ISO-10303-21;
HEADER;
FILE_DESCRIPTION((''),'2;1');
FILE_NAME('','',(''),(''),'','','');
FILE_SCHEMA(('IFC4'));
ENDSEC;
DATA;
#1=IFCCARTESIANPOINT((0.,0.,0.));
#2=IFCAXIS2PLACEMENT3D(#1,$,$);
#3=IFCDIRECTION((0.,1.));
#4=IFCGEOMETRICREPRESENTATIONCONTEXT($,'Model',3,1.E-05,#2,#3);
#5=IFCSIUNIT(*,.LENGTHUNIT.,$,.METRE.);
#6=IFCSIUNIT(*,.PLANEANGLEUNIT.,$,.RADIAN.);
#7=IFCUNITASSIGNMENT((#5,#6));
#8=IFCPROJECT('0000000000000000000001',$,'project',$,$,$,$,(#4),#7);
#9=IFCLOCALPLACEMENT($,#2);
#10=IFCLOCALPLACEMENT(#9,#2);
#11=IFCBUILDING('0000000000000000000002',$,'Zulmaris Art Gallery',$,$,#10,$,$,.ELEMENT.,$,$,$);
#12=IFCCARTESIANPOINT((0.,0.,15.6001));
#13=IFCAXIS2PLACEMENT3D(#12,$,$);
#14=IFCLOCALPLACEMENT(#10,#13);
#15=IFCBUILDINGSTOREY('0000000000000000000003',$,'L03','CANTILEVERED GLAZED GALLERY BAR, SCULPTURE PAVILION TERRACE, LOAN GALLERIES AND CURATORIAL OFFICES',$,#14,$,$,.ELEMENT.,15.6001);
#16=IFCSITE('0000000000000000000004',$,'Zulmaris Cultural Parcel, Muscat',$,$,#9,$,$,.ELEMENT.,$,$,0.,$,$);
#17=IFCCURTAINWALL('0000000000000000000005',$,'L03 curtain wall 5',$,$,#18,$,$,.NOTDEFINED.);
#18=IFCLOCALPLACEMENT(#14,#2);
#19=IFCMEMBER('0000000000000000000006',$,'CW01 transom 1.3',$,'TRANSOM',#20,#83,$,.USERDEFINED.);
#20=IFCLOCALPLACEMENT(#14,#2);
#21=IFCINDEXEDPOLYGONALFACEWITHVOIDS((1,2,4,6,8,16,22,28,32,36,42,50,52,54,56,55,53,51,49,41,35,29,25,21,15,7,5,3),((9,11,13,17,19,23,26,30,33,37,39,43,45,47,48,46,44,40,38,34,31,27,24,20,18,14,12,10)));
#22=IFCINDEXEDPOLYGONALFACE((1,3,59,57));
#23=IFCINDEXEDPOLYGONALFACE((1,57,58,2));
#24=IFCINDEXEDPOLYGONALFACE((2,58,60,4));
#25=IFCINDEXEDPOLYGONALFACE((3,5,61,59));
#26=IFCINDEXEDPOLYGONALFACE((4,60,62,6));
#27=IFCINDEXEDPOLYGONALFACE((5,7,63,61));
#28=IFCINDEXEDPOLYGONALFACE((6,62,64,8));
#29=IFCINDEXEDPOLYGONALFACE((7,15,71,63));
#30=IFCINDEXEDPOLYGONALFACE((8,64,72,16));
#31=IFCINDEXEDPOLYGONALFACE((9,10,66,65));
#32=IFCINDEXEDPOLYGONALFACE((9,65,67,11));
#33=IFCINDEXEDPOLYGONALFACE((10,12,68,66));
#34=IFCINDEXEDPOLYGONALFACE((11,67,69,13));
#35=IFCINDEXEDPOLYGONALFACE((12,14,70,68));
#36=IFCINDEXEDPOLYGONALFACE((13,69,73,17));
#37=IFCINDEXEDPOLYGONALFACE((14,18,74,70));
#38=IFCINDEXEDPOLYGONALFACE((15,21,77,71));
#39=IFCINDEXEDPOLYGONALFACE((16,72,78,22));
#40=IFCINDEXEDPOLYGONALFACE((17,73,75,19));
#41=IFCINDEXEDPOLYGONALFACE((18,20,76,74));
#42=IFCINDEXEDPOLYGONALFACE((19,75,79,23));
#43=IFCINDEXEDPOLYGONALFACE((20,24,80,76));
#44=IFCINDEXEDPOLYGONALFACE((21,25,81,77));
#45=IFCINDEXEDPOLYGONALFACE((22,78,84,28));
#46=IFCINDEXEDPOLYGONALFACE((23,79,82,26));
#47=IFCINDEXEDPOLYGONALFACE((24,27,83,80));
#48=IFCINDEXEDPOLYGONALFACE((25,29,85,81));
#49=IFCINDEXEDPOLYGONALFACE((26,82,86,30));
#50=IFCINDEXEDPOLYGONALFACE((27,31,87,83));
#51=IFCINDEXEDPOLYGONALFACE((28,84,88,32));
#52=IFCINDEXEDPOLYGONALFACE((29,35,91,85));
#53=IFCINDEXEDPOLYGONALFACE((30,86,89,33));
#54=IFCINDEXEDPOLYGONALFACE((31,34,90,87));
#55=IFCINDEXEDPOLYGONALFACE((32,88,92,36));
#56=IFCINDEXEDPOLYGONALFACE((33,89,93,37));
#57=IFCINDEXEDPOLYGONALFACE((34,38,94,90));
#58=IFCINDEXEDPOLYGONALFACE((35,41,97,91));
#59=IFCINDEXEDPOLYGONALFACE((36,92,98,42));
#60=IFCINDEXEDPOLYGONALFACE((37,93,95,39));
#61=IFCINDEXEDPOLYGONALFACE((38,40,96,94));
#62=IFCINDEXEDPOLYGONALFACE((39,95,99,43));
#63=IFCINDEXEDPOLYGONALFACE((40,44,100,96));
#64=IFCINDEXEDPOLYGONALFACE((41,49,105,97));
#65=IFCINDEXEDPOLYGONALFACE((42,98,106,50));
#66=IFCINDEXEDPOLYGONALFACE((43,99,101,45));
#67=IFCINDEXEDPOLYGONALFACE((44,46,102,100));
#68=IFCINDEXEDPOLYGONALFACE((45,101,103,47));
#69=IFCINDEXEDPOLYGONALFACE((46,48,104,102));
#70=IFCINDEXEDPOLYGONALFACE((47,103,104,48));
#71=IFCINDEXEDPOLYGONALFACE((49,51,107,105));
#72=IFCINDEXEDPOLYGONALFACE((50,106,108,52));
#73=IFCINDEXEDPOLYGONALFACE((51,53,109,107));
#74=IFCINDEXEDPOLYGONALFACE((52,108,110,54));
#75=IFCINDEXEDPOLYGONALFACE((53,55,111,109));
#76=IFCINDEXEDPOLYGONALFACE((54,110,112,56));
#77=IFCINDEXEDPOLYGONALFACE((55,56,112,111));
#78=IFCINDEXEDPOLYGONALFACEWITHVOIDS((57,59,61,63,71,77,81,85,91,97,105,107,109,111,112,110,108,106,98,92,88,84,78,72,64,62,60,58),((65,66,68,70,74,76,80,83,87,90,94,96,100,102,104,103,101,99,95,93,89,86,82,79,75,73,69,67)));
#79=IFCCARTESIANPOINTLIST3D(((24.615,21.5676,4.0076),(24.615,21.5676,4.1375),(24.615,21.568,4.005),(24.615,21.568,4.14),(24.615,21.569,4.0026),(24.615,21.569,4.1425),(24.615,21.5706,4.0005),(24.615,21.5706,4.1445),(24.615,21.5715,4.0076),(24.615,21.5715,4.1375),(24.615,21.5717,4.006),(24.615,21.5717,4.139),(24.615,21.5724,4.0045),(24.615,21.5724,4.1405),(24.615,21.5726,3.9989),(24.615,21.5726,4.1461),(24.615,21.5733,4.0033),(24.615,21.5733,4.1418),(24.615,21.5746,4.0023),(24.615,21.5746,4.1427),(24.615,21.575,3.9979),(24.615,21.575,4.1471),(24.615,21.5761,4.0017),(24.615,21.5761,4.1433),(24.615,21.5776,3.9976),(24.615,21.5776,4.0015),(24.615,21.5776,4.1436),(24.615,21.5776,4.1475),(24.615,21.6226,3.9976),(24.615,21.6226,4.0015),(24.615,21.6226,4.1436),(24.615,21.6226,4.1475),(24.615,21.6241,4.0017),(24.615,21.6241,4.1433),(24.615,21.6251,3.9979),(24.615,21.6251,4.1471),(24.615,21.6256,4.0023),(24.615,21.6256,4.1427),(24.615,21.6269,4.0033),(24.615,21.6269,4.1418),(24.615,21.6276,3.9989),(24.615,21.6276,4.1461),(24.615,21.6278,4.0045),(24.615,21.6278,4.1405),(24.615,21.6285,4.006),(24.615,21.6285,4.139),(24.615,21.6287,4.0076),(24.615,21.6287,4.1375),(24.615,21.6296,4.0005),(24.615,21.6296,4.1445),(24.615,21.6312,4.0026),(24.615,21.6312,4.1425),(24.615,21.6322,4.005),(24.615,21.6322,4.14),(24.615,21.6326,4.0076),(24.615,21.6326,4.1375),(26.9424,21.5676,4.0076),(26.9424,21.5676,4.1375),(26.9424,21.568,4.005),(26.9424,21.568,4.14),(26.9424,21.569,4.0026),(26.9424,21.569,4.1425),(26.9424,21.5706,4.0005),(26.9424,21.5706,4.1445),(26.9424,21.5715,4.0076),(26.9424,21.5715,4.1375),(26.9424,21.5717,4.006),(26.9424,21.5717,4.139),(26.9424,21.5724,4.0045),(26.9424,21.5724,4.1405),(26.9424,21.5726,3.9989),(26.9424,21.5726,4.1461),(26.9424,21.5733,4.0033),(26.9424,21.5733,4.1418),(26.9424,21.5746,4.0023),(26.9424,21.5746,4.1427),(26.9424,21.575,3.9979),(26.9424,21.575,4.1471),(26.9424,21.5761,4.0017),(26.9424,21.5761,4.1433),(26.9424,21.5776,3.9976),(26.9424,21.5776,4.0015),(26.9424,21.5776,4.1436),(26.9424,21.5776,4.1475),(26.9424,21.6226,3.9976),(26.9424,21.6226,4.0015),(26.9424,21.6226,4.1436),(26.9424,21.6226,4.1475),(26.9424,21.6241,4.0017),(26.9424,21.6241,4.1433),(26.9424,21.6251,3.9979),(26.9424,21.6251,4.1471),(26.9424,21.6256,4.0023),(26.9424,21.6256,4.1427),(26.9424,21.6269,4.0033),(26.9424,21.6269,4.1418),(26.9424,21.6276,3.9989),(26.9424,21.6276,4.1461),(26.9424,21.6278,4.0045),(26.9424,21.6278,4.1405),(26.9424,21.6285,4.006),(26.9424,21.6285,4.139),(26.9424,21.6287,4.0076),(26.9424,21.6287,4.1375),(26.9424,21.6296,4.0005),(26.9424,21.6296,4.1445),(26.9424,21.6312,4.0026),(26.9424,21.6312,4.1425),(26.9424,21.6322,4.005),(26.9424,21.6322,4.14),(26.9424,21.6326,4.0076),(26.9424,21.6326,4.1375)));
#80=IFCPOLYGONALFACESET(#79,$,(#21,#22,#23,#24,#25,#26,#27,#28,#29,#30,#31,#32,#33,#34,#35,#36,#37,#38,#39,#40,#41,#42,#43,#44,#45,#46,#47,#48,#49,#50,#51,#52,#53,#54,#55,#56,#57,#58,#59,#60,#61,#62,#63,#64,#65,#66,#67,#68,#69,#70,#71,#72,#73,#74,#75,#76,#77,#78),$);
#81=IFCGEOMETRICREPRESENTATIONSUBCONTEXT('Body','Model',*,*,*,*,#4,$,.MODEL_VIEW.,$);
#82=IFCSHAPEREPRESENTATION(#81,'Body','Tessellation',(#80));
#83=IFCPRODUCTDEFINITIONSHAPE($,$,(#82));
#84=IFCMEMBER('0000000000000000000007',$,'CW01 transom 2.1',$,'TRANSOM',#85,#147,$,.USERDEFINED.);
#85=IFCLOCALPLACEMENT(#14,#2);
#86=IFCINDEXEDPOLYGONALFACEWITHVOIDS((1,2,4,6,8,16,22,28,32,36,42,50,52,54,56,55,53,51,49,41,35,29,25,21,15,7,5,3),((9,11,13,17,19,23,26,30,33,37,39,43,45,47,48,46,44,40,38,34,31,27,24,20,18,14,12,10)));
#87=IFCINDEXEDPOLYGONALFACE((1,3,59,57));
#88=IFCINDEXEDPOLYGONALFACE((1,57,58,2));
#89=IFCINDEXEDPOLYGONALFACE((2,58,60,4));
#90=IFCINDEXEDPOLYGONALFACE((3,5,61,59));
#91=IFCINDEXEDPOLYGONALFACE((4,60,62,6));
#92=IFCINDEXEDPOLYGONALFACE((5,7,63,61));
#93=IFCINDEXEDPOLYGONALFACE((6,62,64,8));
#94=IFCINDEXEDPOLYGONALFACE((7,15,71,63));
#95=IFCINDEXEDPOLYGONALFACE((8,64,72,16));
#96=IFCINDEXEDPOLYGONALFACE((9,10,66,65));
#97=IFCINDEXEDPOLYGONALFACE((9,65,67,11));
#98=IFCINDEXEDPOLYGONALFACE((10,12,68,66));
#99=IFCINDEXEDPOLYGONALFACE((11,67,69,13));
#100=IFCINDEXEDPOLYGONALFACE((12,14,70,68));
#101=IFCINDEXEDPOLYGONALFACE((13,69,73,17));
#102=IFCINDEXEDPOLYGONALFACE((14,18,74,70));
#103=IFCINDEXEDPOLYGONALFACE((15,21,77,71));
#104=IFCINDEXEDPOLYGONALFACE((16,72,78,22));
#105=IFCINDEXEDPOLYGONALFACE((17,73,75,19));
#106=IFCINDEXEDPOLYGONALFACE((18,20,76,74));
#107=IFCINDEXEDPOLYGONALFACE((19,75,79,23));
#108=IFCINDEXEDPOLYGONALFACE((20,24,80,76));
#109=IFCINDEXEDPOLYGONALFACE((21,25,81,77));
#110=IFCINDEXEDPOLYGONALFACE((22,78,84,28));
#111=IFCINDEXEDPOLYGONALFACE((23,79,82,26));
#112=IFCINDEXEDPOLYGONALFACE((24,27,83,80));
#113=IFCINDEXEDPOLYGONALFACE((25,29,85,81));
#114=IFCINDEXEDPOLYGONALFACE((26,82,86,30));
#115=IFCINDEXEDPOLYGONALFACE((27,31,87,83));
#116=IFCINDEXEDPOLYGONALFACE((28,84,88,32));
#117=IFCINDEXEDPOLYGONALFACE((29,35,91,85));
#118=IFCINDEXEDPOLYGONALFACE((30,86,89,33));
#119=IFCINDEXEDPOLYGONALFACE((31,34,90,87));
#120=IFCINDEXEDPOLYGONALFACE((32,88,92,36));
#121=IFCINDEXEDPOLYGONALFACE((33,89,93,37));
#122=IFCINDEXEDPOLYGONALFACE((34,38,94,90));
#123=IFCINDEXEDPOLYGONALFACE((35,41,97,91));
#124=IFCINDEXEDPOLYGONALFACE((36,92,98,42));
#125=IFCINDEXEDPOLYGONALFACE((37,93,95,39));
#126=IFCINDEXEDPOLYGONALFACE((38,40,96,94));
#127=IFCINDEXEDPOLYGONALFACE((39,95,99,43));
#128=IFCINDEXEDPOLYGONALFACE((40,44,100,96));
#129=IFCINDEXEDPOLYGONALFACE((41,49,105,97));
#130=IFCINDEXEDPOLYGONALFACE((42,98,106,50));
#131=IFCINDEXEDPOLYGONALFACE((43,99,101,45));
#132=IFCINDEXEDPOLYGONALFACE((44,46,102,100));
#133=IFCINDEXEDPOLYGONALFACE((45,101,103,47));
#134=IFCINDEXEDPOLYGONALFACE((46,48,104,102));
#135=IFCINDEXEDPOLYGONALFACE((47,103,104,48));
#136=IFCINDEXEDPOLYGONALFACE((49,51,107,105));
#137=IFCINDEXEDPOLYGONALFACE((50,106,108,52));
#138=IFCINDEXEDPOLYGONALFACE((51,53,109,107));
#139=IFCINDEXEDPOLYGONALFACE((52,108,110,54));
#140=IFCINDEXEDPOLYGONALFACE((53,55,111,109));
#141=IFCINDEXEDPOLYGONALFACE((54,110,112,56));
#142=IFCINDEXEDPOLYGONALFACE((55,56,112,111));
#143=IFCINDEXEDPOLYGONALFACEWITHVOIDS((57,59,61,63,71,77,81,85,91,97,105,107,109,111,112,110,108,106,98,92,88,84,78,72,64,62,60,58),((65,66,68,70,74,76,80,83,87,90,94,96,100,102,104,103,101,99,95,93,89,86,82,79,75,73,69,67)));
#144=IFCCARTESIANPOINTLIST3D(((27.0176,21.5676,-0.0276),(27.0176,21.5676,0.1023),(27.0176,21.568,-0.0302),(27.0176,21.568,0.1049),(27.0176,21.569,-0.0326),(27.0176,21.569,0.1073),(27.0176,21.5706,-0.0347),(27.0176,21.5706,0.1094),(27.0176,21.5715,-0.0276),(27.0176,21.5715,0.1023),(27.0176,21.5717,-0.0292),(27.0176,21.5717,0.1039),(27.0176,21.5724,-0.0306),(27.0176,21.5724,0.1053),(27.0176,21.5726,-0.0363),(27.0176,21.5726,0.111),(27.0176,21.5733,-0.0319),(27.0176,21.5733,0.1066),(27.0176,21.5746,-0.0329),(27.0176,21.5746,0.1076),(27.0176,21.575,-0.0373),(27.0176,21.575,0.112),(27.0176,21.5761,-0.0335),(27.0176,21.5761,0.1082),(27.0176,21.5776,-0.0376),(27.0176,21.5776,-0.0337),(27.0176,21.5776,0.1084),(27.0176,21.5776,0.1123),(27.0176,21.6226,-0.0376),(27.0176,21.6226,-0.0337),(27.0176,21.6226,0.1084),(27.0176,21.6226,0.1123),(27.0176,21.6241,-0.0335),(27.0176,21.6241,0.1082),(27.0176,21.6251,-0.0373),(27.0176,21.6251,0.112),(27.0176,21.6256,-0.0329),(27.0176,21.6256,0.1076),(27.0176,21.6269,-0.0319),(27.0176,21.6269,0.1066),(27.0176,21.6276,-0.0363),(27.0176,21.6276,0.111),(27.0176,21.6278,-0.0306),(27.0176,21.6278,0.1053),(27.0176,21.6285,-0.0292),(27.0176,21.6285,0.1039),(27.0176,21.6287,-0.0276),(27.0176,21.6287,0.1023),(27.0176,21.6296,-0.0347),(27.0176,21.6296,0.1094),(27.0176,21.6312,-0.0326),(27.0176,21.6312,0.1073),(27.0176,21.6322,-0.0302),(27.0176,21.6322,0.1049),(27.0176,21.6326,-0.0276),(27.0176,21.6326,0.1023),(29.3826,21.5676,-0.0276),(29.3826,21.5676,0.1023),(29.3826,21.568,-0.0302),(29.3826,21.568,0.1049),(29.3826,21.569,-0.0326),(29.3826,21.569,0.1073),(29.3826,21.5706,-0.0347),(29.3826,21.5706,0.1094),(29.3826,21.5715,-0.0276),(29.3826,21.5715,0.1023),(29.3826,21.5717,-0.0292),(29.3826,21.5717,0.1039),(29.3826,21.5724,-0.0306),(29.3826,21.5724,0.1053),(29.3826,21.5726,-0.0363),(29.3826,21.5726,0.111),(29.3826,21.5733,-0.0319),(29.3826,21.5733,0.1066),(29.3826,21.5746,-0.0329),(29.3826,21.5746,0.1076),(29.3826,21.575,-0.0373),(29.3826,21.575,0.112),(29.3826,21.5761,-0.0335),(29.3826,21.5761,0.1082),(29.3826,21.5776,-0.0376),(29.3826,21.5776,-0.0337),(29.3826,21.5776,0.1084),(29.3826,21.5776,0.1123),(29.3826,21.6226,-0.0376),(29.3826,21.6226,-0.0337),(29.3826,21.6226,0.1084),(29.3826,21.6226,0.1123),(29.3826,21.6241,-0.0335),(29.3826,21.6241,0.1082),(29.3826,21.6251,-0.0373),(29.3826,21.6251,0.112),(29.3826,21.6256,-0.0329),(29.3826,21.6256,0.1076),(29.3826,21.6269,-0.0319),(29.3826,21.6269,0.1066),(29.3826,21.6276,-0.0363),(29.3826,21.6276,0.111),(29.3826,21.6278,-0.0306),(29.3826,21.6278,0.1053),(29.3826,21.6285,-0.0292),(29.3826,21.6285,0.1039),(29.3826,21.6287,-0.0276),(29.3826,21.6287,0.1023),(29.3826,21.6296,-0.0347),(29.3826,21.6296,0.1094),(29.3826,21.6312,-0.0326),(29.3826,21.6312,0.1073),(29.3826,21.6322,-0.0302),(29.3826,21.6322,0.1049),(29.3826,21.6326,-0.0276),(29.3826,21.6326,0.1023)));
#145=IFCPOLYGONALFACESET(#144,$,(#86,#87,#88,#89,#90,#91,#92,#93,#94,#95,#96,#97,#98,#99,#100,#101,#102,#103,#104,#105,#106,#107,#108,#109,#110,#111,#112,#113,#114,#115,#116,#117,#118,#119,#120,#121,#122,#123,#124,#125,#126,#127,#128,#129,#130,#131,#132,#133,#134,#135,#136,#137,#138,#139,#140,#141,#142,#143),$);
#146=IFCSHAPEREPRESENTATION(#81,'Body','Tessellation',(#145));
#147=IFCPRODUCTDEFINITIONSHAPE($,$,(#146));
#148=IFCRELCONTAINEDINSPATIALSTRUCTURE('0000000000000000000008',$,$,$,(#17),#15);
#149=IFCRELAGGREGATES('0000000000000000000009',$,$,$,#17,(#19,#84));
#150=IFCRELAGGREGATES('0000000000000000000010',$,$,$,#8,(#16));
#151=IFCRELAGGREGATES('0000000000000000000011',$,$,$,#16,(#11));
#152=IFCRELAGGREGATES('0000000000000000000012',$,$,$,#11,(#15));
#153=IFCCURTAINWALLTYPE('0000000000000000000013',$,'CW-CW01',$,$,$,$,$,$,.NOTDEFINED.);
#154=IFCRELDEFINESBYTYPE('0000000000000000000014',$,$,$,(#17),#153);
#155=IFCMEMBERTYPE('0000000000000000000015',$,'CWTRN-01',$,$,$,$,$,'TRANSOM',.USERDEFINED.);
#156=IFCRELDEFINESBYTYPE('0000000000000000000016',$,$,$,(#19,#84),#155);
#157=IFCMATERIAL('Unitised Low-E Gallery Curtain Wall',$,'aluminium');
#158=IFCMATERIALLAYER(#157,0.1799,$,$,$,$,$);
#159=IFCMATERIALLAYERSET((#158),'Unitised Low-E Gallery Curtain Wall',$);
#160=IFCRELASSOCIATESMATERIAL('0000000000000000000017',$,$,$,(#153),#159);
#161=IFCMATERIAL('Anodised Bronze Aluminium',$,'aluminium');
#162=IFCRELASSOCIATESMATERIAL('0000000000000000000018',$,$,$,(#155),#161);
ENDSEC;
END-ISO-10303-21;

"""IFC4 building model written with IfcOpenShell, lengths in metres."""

from ifc_helpers import new_model, si_unit, direction, frame, origin, origin_2d, place, context, subcontext, project, spatial, hollow_rectangle, extrude, material, layer, layer_set, material_profile, profile_set, type_object, element, aggregate, save


model = new_model("IFC4")

# Units and contexts
model_context = context("Model", 3, precision=1e-05, world=origin(), true_north=direction((0.0, 1.0)))
body_context = subcontext(model_context, "Body", "Model", "MODEL_VIEW")
ifc_project = project(units=[si_unit("LENGTHUNIT", "METRE"), si_unit("PLANEANGLEUNIT", "RADIAN")], contexts=[model_context])

# Site, building, storey
site_placement = place(None, origin())
site = spatial("IfcSite", under=ifc_project, at=site_placement, Name="Zulmaris Cultural Parcel, Muscat", CompositionType="ELEMENT", RefElevation=0.0)
building_placement = place(site_placement, origin())
building = spatial("IfcBuilding", under=site, at=building_placement, Name="Zulmaris Art Gallery", CompositionType="ELEMENT")
storey_placement = place(building_placement, frame((0.0, 0.0, 15.6001)))
storey = spatial("IfcBuildingStorey", under=building, at=storey_placement, Name="L03", Description="CANTILEVERED GLAZED GALLERY BAR, SCULPTURE PAVILION TERRACE, LOAN GALLERIES AND CURATORIAL OFFICES", CompositionType="ELEMENT", Elevation=15.6001)

# Curtain wall
ifc_material_1 = material(Name="Unitised Low-E Gallery Curtain Wall", Category="aluminium")
ifc_layer_1 = layer(ifc_material_1, 0.1799)
ifc_layer_set_1 = layer_set([ifc_layer_1], Name="Unitised Low-E Gallery Curtain Wall")
curtain_wall_type_1 = type_object("IfcCurtainWallType", Name="CW-CW01", PredefinedType="NOTDEFINED", material=ifc_layer_set_1)
curtain_wall_1_placement = place(storey_placement, origin())
curtain_wall_1 = element("IfcCurtainWall", 1, at=curtain_wall_1_placement, inside=storey, type_object=curtain_wall_type_1, Name="L03 curtain wall 5", PredefinedType="NOTDEFINED")
ifc_material_2 = material(Name="Anodised Bronze Aluminium", Category="aluminium")

# Members
ifc_material_profile_1 = material_profile(ifc_material_2, hollow_rectangle(XDim=0.0649, YDim=0.1499, WallThickness=0.0039, InnerFilletRadius=0.0061, OuterFilletRadius=0.01, at=origin_2d()), Name="ALU 65x150x4")
ifc_profile_set_1 = profile_set([ifc_material_profile_1], Name="Anodised Bronze Aluminium")
member_type_1 = type_object("IfcMemberType", Name="CWTRN-01", ElementType="TRANSOM", PredefinedType="USERDEFINED", material=ifc_profile_set_1)
member_1_placement = place(storey_placement, frame((24.615, 21.6001, 4.0725), z_axis=(1.0, 0.0, 0.0), x_axis=(0.0, 1.0, 0.0)))
member_1 = element("IfcMember", 2, at=member_1_placement, type_object=member_type_1, Name="CW01 transom 1.3", ObjectType="TRANSOM", PredefinedType="USERDEFINED", context=body_context, shape_type="SweptSolid", body=[
    extrude(hollow_rectangle(XDim=0.0649, YDim=0.1499, WallThickness=0.0039, InnerFilletRadius=0.0061, OuterFilletRadius=0.01, at=origin_2d()), origin(), (0.0, 0.0, 1.0), 2.3274),
])
member_2_placement = place(storey_placement, frame((27.0176, 21.6001, 0.0374), z_axis=(1.0, 0.0, 0.0), x_axis=(0.0, 1.0, 0.0)))
member_2 = element("IfcMember", 3, at=member_2_placement, type_object=member_type_1, Name="CW01 transom 2.1", ObjectType="TRANSOM", PredefinedType="USERDEFINED", context=body_context, shape_type="SweptSolid", body=[
    extrude(hollow_rectangle(XDim=0.0649, YDim=0.1499, WallThickness=0.0039, InnerFilletRadius=0.0061, OuterFilletRadius=0.01, at=origin_2d()), origin(), (0.0, 0.0, 1.0), 2.365),
])

aggregate(curtain_wall_1, [member_1, member_2])

save(model, "model.ifc")
